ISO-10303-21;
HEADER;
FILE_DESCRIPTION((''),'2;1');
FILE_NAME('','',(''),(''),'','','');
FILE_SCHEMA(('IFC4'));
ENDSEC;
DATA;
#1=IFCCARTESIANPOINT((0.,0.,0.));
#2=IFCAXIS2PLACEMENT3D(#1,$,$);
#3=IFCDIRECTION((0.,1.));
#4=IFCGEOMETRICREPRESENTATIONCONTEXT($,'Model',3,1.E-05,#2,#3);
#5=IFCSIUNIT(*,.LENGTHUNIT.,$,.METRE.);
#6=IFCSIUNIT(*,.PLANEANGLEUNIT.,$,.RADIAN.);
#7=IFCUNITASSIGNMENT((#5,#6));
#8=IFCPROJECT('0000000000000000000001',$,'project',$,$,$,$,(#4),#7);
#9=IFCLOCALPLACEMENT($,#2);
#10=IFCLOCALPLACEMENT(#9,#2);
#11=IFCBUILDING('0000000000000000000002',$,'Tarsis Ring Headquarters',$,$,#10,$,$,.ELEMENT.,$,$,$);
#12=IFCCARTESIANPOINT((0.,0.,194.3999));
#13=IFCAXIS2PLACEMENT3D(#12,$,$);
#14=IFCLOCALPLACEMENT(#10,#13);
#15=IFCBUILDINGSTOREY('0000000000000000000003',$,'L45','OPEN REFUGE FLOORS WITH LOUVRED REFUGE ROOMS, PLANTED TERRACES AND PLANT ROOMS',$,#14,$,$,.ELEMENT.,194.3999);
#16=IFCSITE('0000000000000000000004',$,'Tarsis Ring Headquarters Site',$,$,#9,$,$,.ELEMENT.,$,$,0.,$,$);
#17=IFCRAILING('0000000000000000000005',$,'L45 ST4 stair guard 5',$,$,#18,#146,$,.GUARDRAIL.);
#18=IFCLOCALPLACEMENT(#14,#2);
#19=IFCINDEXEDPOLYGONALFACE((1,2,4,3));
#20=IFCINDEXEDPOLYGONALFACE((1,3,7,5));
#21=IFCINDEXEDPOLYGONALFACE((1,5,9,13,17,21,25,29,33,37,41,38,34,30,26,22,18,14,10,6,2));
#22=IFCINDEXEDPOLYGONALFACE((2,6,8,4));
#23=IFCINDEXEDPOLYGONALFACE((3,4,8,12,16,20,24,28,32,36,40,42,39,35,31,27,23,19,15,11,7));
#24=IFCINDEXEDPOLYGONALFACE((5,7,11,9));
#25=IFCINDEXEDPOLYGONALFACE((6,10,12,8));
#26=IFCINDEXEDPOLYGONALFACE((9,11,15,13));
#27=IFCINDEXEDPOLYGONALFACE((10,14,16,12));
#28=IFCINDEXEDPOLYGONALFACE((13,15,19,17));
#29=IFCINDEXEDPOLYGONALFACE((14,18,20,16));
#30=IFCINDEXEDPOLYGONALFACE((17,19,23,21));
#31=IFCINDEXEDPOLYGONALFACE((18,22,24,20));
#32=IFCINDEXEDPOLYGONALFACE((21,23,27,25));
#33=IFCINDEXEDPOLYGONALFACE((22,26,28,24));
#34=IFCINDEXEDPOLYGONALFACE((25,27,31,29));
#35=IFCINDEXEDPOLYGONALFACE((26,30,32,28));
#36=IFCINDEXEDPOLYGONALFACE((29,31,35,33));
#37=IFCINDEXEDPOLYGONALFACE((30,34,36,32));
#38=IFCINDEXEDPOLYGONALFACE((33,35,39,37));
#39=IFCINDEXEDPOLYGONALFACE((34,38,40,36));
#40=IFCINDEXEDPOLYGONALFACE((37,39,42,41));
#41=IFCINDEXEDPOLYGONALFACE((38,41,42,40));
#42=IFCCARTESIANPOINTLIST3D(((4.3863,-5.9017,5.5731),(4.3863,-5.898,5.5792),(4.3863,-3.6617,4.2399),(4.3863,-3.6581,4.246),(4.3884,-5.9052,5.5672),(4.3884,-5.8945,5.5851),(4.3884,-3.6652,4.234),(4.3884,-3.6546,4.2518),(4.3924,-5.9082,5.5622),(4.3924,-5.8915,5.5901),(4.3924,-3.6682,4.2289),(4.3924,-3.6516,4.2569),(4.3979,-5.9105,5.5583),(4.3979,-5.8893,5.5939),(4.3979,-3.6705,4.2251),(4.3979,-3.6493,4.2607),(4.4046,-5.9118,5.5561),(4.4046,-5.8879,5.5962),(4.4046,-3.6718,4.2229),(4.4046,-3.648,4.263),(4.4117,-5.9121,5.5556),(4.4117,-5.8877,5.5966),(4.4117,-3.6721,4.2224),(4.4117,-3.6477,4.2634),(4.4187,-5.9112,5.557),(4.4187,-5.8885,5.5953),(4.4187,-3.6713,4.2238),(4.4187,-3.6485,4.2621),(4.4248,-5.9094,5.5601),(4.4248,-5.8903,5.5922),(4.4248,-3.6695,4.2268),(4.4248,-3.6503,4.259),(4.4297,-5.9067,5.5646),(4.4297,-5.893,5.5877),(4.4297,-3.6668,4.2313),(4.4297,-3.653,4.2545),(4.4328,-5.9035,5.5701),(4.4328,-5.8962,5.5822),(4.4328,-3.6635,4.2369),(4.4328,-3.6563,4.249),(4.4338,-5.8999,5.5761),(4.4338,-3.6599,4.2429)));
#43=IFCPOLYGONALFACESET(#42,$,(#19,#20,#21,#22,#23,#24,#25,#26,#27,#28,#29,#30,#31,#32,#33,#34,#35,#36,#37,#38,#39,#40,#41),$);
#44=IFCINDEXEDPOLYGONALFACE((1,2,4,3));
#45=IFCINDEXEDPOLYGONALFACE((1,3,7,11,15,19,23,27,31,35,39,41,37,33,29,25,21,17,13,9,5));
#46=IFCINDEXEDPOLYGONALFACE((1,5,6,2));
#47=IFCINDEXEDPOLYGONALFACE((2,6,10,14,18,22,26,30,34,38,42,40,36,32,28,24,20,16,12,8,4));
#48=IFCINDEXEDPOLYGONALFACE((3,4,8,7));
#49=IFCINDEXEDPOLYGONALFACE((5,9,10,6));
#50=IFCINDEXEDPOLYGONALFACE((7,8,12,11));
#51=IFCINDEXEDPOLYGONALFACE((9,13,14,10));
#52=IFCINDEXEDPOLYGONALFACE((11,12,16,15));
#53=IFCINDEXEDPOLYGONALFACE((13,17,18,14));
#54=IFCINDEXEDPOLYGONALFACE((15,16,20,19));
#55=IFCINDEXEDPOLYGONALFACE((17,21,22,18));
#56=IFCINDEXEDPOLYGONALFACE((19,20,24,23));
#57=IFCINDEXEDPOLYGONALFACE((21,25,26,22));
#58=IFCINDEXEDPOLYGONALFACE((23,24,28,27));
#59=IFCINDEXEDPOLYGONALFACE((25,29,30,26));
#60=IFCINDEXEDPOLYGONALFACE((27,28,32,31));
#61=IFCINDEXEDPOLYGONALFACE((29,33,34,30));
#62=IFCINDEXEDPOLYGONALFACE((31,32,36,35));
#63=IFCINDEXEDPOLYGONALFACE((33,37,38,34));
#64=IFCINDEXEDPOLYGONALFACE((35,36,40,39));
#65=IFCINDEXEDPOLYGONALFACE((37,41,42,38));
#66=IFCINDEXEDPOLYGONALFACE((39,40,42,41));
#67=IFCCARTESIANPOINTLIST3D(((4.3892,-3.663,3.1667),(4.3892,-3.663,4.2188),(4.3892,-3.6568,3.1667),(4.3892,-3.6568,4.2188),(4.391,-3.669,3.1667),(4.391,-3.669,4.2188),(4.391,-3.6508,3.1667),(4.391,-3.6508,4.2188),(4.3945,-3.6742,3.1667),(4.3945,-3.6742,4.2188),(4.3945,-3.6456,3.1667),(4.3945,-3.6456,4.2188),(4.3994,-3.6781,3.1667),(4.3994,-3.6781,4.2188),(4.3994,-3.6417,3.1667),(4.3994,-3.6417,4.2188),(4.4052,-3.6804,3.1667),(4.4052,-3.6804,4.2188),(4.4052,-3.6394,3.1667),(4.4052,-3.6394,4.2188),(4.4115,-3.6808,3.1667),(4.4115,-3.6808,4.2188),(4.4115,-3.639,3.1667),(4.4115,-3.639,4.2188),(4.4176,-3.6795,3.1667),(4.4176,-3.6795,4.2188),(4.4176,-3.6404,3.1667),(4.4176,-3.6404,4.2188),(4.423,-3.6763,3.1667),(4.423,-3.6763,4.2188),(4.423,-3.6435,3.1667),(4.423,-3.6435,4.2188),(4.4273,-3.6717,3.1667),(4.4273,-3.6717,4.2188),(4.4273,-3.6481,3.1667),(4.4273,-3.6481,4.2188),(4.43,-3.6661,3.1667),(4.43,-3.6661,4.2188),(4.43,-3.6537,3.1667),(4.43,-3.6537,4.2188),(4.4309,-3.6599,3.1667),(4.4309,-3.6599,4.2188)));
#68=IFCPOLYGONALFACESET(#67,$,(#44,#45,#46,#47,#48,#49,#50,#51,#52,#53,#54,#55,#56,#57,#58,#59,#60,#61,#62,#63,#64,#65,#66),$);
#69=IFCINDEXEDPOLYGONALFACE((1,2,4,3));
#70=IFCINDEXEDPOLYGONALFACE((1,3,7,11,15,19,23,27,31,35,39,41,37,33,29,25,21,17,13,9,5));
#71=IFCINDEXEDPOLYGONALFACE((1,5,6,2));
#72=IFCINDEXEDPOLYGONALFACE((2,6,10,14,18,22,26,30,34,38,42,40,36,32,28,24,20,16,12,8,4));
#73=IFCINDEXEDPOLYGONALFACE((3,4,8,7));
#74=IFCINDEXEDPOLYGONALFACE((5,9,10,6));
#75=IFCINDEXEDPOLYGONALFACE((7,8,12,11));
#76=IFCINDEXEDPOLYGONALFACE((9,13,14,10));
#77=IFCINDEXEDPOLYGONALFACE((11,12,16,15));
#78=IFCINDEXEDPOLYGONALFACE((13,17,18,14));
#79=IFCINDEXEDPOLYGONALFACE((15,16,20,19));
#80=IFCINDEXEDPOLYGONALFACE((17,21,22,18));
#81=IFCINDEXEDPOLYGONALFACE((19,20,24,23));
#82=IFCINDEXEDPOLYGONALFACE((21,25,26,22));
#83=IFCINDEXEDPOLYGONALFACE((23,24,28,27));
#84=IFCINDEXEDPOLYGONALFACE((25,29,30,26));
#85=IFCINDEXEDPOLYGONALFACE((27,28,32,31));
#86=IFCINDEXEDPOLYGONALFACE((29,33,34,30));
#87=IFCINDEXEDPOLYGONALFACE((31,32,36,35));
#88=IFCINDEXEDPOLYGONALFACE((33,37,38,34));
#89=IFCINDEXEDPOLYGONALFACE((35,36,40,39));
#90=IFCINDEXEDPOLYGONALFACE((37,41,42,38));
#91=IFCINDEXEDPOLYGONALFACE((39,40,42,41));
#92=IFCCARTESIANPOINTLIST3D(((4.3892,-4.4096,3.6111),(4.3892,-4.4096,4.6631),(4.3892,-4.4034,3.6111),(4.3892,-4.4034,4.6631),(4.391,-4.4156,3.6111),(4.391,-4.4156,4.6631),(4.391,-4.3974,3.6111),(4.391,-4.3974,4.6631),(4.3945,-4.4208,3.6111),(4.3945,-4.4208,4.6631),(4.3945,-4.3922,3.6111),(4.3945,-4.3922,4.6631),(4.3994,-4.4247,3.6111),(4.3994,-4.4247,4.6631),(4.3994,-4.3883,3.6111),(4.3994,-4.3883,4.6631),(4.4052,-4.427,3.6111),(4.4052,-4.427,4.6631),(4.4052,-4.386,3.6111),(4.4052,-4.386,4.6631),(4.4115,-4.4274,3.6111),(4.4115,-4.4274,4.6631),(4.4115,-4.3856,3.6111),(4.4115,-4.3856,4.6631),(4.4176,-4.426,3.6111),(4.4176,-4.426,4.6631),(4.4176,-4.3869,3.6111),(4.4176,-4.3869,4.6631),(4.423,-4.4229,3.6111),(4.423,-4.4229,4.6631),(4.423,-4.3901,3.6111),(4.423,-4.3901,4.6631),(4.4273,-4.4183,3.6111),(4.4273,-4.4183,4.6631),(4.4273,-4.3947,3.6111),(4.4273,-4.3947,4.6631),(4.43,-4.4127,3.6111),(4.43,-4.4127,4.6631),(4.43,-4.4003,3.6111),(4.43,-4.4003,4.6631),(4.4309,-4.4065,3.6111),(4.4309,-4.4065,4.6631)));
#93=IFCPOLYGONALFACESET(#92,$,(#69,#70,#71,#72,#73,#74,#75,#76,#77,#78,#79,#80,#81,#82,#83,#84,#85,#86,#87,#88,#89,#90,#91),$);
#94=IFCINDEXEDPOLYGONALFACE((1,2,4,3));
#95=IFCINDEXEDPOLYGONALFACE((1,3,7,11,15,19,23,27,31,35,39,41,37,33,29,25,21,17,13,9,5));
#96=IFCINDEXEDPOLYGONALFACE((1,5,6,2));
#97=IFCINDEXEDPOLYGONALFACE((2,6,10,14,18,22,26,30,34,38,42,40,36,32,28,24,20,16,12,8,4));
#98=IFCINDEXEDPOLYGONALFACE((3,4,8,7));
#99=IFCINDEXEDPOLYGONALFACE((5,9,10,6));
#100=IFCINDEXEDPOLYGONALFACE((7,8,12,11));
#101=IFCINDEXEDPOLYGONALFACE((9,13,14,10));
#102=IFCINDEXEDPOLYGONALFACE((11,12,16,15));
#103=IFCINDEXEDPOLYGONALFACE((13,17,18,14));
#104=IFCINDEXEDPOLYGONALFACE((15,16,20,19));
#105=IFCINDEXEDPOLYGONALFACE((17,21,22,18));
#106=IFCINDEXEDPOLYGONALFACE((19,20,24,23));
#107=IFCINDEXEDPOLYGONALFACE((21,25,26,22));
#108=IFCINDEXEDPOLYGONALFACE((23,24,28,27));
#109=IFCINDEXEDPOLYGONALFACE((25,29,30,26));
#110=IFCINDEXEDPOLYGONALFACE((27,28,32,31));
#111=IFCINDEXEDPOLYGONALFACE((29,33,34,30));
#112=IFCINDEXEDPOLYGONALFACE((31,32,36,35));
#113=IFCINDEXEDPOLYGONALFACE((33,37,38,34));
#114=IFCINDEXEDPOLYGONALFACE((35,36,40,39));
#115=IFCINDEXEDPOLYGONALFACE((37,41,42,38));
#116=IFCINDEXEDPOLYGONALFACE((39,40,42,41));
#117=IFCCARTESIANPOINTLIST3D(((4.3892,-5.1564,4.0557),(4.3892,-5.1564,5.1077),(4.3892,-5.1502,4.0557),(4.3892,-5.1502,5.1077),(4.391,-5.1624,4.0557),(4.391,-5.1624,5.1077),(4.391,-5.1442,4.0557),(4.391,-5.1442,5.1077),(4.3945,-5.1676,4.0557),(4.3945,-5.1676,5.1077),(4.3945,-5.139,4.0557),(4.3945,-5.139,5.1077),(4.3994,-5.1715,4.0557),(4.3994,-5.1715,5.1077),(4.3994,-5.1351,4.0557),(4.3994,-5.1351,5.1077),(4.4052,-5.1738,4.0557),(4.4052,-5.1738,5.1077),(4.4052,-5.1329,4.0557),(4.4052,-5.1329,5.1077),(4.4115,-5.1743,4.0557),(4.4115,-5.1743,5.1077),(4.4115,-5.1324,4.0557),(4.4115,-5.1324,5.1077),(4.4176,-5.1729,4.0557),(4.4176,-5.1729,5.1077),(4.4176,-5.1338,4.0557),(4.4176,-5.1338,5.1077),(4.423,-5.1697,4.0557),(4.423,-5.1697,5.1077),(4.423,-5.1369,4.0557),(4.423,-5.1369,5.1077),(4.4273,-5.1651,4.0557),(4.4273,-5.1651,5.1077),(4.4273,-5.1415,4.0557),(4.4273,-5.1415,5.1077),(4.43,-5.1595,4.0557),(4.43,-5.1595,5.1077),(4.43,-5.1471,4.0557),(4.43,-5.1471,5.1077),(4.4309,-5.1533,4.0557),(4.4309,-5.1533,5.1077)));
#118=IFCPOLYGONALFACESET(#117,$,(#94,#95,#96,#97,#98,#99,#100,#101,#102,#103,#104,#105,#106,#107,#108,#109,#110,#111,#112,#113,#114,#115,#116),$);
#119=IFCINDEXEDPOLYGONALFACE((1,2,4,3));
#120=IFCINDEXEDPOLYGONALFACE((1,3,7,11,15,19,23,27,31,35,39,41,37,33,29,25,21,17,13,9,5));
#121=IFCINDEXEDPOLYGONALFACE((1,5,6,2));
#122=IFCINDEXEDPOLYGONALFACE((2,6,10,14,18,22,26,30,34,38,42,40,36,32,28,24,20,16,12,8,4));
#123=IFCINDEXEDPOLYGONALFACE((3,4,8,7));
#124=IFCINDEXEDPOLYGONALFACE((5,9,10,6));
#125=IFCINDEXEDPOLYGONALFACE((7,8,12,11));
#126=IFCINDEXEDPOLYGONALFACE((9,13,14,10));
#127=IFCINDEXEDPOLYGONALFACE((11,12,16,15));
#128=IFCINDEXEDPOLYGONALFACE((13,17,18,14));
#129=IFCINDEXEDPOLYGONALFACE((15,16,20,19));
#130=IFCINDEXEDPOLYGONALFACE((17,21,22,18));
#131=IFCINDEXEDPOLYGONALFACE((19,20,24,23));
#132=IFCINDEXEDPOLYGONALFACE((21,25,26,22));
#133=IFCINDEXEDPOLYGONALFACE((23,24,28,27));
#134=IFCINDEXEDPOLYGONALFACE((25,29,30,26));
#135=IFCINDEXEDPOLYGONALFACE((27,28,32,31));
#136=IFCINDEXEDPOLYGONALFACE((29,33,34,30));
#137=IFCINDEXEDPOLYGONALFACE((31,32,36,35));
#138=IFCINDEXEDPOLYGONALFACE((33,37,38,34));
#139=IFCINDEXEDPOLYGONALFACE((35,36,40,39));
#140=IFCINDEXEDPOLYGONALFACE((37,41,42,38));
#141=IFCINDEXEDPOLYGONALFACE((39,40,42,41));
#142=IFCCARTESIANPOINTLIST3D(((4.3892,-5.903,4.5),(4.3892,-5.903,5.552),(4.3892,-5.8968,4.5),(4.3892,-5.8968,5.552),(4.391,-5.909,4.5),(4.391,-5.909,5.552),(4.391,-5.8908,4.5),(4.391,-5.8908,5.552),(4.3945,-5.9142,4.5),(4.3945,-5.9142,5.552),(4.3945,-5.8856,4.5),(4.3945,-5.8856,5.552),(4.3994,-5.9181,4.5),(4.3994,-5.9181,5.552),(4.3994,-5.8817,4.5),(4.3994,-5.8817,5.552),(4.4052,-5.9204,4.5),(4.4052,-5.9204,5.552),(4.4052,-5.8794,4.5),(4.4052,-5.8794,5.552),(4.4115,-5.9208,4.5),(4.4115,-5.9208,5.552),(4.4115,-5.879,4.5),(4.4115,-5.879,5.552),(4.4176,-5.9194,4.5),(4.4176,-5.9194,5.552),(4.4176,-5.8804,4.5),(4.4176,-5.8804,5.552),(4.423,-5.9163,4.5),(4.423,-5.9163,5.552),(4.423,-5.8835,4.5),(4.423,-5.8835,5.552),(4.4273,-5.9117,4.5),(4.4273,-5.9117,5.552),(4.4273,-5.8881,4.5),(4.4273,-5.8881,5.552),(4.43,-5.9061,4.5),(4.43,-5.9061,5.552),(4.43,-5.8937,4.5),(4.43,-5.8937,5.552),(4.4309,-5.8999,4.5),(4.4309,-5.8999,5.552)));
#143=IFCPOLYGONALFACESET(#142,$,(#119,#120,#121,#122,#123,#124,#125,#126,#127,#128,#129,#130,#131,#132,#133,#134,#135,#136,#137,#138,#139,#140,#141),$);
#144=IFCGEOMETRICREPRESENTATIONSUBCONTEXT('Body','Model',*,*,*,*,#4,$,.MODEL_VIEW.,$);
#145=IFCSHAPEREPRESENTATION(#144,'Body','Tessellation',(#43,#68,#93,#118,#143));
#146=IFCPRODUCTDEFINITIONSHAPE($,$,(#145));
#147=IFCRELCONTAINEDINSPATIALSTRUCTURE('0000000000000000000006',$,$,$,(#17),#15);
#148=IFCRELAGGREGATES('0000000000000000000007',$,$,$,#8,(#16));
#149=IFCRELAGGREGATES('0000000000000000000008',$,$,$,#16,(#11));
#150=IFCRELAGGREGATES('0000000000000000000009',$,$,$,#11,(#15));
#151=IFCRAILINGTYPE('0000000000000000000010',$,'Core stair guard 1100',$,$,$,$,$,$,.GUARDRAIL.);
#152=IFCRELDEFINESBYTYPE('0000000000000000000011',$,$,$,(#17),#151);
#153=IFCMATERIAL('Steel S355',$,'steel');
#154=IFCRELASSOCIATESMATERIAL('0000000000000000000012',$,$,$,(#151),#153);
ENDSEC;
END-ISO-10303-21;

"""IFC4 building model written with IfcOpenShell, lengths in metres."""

from ifc_helpers import new_model, si_unit, direction, frame, origin, origin_2d, place, context, subcontext, project, spatial, circle, extrude, material, type_object, element, save


model = new_model("IFC4")

# Units and contexts
model_context = context("Model", 3, precision=1e-05, world=origin(), true_north=direction((0.0, 1.0)))
body_context = subcontext(model_context, "Body", "Model", "MODEL_VIEW")
ifc_project = project(units=[si_unit("LENGTHUNIT", "METRE"), si_unit("PLANEANGLEUNIT", "RADIAN")], contexts=[model_context])

# Site, building, storey
site_placement = place(None, origin())
site = spatial("IfcSite", under=ifc_project, at=site_placement, Name="Tarsis Ring Headquarters Site", CompositionType="ELEMENT", RefElevation=0.0)
building_placement = place(site_placement, origin())
building = spatial("IfcBuilding", under=site, at=building_placement, Name="Tarsis Ring Headquarters", CompositionType="ELEMENT")
storey_placement = place(building_placement, frame((0.0, 0.0, 194.3999)))
storey = spatial("IfcBuildingStorey", under=building, at=storey_placement, Name="L45", Description="OPEN REFUGE FLOORS WITH LOUVRED REFUGE ROOMS, PLANTED TERRACES AND PLANT ROOMS", CompositionType="ELEMENT", Elevation=194.3999)

# Railing
ifc_material_1 = material(Name="Steel S355", Category="steel")
railing_type_1 = type_object("IfcRailingType", Name="Core stair guard 1100", PredefinedType="GUARDRAIL", material=ifc_material_1)
railing_1_placement = place(storey_placement, frame((4.4099, -3.6599, 3.1667)))
element("IfcRailing", 1, at=railing_1_placement, inside=storey, type_object=railing_type_1, Name="L45 ST4 stair guard 5", PredefinedType="GUARDRAIL", context=body_context, shape_type="SweptSolid", body=[
    extrude(circle(Radius=0.0239, at=origin_2d()), frame((0.0, 0.0, 1.0762), z_axis=(0.0, -0.859306, 0.511462), x_axis=(1.0, 0.0, 0.0)), (0.0, 0.0, 1.0), 2.6067),
    extrude(circle(Radius=0.021, at=origin_2d()), origin(), (0.0, 0.0, 1.0), 1.052),
    extrude(circle(Radius=0.021, at=origin_2d()), frame((0.0, -0.7466, 0.4443)), (0.0, 0.0, 1.0), 1.052),
    extrude(circle(Radius=0.021, at=origin_2d()), frame((0.0, -1.4934, 0.8889)), (0.0, 0.0, 1.0), 1.052),
    extrude(circle(Radius=0.021, at=origin_2d()), frame((0.0, -2.24, 1.3333)), (0.0, 0.0, 1.0), 1.052),
])

save(model, "model.ifc")
